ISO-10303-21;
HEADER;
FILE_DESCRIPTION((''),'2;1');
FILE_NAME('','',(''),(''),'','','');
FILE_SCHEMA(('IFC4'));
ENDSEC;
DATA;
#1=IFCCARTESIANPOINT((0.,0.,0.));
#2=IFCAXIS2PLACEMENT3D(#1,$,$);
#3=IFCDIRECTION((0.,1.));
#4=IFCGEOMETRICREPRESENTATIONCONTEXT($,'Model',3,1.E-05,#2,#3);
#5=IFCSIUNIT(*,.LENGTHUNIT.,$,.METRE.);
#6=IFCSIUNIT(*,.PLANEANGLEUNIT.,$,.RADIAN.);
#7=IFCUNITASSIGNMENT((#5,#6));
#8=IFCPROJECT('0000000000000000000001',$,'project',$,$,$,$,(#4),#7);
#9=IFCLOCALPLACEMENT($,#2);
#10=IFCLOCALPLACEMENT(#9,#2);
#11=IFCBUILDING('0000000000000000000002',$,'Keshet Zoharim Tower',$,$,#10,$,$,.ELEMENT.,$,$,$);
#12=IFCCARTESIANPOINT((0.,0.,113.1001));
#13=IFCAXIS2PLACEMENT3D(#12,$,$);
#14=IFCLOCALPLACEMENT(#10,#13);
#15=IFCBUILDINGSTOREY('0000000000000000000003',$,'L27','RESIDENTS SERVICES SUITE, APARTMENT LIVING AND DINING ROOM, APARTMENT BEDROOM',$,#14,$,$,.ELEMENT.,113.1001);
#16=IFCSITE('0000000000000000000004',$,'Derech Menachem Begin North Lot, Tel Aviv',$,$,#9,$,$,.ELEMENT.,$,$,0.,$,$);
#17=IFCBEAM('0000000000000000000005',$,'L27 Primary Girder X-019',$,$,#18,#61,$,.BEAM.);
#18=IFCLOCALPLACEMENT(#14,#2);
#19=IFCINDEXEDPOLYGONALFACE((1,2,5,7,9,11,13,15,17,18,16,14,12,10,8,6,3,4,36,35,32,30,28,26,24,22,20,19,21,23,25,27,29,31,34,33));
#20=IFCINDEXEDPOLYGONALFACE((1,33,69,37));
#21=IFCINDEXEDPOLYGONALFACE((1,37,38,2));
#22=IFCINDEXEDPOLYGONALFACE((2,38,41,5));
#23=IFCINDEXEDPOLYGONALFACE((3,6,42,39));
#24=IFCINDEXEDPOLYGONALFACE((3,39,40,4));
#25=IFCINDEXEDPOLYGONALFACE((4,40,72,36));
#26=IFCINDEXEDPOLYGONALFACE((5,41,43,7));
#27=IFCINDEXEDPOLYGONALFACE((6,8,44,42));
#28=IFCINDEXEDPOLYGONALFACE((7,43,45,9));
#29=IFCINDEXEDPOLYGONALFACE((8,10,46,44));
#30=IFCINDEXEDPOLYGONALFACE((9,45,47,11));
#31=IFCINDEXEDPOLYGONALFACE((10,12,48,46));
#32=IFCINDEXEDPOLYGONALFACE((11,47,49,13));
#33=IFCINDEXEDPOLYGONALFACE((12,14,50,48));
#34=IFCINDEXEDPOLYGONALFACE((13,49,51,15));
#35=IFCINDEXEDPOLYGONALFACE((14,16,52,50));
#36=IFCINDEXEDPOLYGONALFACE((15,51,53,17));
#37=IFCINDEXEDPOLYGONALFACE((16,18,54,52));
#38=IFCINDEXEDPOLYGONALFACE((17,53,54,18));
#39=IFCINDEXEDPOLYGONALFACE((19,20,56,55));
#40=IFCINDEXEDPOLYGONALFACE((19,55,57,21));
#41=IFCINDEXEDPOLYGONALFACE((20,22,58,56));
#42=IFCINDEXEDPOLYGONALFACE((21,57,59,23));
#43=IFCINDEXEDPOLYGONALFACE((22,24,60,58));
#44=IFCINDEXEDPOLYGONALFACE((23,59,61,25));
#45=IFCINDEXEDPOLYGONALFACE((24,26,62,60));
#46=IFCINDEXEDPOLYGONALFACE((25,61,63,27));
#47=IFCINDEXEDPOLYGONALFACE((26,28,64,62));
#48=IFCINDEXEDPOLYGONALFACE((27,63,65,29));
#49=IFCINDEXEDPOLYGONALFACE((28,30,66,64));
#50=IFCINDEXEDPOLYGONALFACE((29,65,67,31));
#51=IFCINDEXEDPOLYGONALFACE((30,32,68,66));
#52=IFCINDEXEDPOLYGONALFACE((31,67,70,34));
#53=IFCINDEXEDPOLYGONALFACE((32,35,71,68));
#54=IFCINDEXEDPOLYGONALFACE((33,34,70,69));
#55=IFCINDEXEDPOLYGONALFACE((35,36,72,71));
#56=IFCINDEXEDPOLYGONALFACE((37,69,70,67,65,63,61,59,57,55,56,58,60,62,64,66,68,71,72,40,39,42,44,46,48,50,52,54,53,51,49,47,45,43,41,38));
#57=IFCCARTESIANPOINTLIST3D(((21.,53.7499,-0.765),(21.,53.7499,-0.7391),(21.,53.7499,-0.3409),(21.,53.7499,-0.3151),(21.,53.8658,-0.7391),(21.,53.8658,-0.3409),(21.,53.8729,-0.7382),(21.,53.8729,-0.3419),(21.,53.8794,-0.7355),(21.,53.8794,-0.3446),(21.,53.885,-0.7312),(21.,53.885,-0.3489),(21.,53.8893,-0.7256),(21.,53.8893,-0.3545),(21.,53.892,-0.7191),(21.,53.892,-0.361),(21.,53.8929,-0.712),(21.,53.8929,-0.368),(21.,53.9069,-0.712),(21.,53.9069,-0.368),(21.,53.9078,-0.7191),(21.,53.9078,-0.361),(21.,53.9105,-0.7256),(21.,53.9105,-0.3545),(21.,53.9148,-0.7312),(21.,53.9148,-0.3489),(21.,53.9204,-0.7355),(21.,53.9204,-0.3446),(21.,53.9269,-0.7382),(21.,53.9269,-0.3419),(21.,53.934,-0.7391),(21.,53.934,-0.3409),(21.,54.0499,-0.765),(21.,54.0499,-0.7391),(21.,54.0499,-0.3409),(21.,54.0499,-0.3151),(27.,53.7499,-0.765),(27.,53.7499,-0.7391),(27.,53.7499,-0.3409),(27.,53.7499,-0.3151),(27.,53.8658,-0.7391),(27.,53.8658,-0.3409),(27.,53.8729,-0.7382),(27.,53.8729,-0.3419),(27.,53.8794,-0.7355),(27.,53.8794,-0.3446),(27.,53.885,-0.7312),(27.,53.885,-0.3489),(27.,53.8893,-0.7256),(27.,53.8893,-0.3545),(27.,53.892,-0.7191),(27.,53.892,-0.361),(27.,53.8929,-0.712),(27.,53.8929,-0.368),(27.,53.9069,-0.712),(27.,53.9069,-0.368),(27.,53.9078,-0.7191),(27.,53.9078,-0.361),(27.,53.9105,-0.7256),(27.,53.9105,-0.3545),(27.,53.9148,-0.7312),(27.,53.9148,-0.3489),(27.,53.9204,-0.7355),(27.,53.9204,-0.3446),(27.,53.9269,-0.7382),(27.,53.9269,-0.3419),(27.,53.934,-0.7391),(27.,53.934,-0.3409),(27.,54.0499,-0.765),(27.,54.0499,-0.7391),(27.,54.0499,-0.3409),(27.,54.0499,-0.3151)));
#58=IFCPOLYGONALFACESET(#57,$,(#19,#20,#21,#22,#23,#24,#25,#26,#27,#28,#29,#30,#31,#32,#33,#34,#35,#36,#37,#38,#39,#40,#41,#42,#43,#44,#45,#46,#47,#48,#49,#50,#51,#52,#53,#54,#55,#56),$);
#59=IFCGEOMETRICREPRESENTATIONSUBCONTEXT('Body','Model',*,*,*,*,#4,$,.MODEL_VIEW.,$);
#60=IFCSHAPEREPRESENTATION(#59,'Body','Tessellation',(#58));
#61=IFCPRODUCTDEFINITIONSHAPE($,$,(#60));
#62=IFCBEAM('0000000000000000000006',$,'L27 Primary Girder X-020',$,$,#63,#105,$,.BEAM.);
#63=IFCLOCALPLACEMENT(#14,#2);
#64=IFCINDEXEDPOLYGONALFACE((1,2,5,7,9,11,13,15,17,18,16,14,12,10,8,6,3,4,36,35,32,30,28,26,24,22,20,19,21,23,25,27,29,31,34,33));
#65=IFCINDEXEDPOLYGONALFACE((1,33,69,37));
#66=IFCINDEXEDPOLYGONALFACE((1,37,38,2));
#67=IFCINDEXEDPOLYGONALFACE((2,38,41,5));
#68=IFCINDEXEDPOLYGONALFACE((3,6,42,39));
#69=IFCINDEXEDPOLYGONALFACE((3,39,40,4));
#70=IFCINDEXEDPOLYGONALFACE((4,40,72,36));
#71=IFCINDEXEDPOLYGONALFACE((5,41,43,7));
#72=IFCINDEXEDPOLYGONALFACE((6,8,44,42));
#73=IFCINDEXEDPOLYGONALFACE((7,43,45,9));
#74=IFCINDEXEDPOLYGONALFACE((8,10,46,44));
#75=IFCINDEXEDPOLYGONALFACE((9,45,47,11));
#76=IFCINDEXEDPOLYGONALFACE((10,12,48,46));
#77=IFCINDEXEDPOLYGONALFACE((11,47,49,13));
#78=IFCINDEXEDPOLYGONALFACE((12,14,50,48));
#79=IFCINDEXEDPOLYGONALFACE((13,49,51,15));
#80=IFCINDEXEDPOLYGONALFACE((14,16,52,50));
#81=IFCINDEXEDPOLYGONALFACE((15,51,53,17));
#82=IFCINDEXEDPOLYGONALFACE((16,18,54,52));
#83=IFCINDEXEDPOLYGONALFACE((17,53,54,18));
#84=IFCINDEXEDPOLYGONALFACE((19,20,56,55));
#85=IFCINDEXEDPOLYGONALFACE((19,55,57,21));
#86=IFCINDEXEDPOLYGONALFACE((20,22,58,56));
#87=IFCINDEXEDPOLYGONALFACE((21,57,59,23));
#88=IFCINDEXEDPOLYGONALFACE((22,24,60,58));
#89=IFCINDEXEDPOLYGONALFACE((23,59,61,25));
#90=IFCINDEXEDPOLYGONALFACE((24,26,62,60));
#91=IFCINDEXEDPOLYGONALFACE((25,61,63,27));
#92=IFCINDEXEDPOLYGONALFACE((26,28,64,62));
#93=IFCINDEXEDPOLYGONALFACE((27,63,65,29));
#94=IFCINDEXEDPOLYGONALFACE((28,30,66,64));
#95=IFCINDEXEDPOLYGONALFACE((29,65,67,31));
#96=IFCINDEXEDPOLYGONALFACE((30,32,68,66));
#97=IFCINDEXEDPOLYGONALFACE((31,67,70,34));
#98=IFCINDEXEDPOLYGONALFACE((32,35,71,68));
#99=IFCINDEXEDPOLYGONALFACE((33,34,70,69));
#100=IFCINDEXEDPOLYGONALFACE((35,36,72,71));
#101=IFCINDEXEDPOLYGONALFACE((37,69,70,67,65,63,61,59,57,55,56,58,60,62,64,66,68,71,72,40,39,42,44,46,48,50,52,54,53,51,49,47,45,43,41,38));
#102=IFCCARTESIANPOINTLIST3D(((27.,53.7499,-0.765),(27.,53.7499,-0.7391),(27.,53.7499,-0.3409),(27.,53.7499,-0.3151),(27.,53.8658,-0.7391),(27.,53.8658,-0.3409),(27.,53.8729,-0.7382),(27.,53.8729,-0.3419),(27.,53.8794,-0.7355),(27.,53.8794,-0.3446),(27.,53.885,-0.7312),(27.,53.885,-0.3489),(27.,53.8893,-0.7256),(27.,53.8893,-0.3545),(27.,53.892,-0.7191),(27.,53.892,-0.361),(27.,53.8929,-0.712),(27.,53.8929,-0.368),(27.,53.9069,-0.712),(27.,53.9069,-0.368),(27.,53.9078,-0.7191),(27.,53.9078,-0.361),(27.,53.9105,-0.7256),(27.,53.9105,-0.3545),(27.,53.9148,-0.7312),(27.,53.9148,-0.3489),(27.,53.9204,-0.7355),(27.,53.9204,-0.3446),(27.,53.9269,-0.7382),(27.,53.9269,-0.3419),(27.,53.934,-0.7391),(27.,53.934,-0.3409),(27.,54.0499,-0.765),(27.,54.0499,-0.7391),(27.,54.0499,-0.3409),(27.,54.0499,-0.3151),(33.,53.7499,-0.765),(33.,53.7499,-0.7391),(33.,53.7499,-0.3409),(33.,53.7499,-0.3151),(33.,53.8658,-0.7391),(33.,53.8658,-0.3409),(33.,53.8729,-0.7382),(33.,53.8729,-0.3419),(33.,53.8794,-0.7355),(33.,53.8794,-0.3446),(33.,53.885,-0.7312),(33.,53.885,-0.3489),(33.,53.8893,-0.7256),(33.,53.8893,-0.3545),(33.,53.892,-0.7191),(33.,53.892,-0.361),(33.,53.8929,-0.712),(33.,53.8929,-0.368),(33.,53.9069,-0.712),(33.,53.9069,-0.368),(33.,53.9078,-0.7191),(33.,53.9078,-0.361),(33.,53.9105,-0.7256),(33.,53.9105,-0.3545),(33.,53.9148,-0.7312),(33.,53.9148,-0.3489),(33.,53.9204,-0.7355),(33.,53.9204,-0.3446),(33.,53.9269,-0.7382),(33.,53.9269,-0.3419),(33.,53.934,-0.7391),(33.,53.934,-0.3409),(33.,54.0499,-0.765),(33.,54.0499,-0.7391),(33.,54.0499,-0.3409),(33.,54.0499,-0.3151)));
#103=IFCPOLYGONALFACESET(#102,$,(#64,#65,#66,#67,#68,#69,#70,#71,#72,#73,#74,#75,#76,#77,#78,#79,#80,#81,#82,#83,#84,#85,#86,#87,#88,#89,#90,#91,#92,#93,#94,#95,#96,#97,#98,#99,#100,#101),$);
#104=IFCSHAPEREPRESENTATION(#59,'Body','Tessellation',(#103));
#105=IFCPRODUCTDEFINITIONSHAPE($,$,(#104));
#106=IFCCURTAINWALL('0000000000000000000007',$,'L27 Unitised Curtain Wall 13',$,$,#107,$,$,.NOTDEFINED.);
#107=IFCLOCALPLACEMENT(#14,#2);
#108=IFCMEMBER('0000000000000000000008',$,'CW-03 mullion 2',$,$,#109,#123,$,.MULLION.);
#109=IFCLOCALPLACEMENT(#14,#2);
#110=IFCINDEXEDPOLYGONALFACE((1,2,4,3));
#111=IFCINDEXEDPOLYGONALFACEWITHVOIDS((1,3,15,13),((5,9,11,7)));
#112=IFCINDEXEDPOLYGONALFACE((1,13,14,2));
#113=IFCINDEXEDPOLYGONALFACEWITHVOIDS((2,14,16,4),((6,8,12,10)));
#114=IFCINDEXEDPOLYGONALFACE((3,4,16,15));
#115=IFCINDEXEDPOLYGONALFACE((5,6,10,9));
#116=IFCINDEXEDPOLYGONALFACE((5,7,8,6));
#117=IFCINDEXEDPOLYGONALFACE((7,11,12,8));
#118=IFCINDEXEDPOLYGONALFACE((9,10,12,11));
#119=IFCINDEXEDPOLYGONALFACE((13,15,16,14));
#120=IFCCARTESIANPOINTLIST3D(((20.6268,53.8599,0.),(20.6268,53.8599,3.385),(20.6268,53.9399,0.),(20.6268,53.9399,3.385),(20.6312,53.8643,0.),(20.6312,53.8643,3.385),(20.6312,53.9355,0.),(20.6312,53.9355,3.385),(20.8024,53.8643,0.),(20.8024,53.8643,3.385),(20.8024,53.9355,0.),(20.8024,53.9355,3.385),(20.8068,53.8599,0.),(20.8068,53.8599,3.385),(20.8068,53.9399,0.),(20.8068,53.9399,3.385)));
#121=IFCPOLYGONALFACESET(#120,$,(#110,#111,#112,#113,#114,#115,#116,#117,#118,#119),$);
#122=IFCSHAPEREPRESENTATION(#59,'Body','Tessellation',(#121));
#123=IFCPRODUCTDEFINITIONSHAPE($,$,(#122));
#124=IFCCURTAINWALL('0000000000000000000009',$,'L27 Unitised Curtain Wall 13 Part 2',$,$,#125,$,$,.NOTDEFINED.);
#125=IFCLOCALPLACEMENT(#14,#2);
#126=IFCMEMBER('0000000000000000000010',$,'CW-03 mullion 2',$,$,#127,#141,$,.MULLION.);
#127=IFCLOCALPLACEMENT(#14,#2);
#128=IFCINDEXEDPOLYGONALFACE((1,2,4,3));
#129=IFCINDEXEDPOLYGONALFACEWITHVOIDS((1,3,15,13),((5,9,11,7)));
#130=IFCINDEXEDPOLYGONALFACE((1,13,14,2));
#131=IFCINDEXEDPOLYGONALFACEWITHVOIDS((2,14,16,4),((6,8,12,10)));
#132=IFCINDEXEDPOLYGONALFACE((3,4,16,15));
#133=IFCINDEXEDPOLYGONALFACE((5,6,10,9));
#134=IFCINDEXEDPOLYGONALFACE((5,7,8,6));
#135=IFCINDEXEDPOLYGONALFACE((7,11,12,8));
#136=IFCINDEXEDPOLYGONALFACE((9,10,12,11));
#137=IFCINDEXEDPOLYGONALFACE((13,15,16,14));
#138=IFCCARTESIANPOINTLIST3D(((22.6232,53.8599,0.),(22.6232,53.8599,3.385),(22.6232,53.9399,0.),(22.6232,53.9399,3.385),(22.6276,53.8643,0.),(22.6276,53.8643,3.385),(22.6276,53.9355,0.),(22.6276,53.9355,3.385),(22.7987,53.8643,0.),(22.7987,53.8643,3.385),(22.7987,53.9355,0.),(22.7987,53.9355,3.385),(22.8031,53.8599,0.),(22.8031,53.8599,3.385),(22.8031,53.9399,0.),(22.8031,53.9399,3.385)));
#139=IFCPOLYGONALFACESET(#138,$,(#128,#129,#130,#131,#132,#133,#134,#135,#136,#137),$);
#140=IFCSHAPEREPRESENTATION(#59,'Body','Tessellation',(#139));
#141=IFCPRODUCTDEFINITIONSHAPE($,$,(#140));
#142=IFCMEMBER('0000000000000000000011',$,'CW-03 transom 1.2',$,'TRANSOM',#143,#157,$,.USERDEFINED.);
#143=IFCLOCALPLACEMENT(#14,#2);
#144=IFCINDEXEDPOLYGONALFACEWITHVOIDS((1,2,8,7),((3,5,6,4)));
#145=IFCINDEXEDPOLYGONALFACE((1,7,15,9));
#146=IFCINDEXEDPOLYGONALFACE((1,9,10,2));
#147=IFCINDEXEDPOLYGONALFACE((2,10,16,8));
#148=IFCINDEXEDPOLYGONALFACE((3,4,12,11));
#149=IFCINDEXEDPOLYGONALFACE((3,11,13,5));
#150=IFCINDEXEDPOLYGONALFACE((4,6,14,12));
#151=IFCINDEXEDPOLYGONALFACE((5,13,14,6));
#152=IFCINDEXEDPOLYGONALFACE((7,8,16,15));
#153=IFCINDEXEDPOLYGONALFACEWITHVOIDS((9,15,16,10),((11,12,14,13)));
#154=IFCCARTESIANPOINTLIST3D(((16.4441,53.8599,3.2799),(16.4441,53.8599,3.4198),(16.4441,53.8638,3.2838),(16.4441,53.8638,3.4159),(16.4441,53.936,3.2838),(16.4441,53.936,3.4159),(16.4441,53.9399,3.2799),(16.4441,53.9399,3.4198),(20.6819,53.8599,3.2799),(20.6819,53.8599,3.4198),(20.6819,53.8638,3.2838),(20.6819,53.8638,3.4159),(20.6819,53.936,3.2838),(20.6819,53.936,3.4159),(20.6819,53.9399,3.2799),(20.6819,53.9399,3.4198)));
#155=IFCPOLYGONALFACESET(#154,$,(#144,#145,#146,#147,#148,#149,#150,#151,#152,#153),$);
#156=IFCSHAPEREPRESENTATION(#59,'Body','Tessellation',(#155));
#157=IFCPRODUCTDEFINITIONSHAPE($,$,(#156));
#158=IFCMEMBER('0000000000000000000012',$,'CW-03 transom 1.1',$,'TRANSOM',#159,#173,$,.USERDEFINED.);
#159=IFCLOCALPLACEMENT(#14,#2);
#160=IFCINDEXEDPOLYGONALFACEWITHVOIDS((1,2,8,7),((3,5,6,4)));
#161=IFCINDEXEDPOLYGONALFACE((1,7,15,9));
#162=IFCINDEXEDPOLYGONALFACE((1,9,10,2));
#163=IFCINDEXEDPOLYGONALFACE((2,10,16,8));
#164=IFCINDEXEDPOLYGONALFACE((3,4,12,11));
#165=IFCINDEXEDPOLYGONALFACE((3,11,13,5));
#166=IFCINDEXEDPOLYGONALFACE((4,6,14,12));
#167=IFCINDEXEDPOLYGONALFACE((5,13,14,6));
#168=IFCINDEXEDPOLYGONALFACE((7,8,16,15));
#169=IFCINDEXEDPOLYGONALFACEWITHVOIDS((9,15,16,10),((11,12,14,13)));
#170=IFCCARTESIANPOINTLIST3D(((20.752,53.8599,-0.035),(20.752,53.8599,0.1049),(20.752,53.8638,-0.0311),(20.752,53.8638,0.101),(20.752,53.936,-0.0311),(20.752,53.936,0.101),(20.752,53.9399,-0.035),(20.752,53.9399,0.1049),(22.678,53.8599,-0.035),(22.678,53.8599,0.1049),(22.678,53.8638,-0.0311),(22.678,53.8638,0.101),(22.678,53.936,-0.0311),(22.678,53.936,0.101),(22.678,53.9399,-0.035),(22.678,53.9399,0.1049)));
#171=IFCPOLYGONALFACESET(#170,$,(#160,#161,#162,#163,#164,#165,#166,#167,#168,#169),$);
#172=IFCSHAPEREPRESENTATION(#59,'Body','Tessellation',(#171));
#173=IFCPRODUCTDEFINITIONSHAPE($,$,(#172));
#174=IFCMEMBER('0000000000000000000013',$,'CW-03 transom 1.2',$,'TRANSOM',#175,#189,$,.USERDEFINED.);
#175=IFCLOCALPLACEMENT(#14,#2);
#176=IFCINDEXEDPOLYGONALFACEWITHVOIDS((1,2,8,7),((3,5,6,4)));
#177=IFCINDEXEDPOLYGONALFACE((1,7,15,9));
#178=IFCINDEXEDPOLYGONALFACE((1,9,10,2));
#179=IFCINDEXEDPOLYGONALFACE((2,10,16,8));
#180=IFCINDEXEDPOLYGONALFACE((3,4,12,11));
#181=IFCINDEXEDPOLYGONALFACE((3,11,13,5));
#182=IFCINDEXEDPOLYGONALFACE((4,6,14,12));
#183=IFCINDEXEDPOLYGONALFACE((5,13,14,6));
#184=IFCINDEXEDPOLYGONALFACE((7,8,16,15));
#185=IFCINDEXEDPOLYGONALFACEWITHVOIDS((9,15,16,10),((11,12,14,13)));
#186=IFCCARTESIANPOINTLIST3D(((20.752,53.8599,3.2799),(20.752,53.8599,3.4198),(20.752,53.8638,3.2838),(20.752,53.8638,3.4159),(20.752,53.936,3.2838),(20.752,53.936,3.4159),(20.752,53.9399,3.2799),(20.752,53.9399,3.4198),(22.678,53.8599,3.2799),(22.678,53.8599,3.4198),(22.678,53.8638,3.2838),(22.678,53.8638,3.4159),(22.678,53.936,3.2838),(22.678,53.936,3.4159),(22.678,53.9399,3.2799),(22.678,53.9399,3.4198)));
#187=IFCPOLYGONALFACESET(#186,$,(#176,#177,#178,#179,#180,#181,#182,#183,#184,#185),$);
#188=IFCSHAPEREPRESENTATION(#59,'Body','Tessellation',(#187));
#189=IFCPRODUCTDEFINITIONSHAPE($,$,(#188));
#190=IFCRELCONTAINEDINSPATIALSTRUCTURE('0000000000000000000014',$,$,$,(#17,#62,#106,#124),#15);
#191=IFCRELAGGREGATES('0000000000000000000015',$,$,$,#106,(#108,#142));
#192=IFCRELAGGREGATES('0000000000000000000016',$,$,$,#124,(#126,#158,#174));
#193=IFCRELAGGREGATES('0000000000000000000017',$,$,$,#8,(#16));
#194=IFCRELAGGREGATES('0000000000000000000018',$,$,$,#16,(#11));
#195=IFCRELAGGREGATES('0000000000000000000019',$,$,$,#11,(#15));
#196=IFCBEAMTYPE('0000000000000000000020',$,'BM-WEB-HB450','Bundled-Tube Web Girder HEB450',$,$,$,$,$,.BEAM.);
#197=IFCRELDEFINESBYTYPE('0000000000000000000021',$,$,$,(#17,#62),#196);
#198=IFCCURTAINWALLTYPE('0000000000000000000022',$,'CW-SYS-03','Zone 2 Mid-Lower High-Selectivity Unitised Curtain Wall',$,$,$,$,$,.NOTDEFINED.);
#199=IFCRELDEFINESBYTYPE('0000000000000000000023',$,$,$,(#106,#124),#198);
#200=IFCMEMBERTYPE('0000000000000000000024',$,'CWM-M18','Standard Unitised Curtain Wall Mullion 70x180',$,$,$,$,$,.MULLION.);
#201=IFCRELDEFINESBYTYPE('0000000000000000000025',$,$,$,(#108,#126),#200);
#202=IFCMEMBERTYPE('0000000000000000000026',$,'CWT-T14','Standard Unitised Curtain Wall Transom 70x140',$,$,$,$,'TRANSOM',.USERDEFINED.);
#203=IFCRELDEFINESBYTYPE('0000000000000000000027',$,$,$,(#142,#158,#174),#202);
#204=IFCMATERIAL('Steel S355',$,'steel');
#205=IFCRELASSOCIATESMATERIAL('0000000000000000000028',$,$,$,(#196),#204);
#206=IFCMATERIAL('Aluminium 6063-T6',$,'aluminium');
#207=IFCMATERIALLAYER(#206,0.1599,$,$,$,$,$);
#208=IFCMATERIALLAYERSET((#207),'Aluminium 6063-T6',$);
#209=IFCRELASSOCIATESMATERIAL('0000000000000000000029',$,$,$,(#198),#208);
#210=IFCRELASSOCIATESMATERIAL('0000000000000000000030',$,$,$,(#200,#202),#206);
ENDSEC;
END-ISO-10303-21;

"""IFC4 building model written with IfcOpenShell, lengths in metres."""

from ifc_helpers import new_model, si_unit, direction, frame, origin, origin_2d, place, context, subcontext, project, spatial, hollow_rectangle, i_section, extrude, material, layer, layer_set, material_profile, profile_set, type_object, element, aggregate, save


model = new_model("IFC4")

# Units and contexts
model_context = context("Model", 3, precision=1e-05, world=origin(), true_north=direction((0.0, 1.0)))
body_context = subcontext(model_context, "Body", "Model", "MODEL_VIEW")
ifc_project = project(units=[si_unit("LENGTHUNIT", "METRE"), si_unit("PLANEANGLEUNIT", "RADIAN")], contexts=[model_context])

# Site, building, storey
site_placement = place(None, origin())
site = spatial("IfcSite", under=ifc_project, at=site_placement, Name="Derech Menachem Begin North Lot, Tel Aviv", CompositionType="ELEMENT", RefElevation=0.0)
building_placement = place(site_placement, origin())
building = spatial("IfcBuilding", under=site, at=building_placement, Name="Keshet Zoharim Tower", CompositionType="ELEMENT")
storey_placement = place(building_placement, frame((0.0, 0.0, 113.1001)))
storey = spatial("IfcBuildingStorey", under=building, at=storey_placement, Name="L27", Description="RESIDENTS SERVICES SUITE, APARTMENT LIVING AND DINING ROOM, APARTMENT BEDROOM", CompositionType="ELEMENT", Elevation=113.1001)

# Shared definitions
ifc_material_1 = material(Name="Steel S355", Category="steel")

# Beams
ifc_material_profile_1 = material_profile(ifc_material_1, i_section(OverallWidth=0.3, OverallDepth=0.45, WebThickness=0.0139, FlangeThickness=0.0259, FilletRadius=0.0271, at=origin_2d()), Name="HEB450")
ifc_profile_set_1 = profile_set([ifc_material_profile_1], Name="Steel S355")
beam_type_1 = type_object("IfcBeamType", Name="BM-WEB-HB450", Description="Bundled-Tube Web Girder HEB450", PredefinedType="BEAM", material=ifc_profile_set_1)
for number, where, z_axis, x_axis, name in (
    (1, (21.0, 53.8999, -0.54), (1.0, 0.0, 0.0), (0.0, 1.0, 0.0), "L27 Primary Girder X-019"),
    (2, (27.0, 53.8999, -0.54), (1.0, 0.0, 0.0), (0.0, 1.0, 0.0), "L27 Primary Girder X-020"),
):
    element("IfcBeam", number, at=place(storey_placement, frame(where, z_axis=z_axis, x_axis=x_axis)), inside=storey, type_object=beam_type_1, Name=name, PredefinedType="BEAM", context=body_context, shape_type="SweptSolid", body=[
        extrude(i_section(OverallWidth=0.3, OverallDepth=0.45, WebThickness=0.0139, FlangeThickness=0.0259, FilletRadius=0.0271, at=origin_2d()), origin(), (0.0, 0.0, 1.0), 6.0),
    ])

# Curtain walls, members
ifc_material_2 = material(Name="Aluminium 6063-T6", Category="aluminium")
ifc_layer_1 = layer(ifc_material_2, 0.1599)
ifc_layer_set_1 = layer_set([ifc_layer_1], Name="Aluminium 6063-T6")
curtain_wall_type = type_object("IfcCurtainWallType", Name="CW-SYS-03", Description="Zone 2 Mid-Lower High-Selectivity Unitised Curtain Wall", PredefinedType="NOTDEFINED", material=ifc_layer_set_1)
curtain_wall_1_placement = place(storey_placement, origin())
curtain_wall_1 = element("IfcCurtainWall", 3, at=curtain_wall_1_placement, inside=storey, type_object=curtain_wall_type, Name="L27 Unitised Curtain Wall 13", PredefinedType="NOTDEFINED")
ifc_material_profile_2 = material_profile(ifc_material_2, hollow_rectangle(XDim=0.0801, YDim=0.1799, WallThickness=0.0044, at=origin_2d()), Name="MUL-80x180")
ifc_profile_set_2 = profile_set([ifc_material_profile_2], Name="Aluminium 6063-T6")
member_type_1 = type_object("IfcMemberType", Name="CWM-M18", Description="Standard Unitised Curtain Wall Mullion 70x180", PredefinedType="MULLION", material=ifc_profile_set_2)
member_1_placement = place(storey_placement, frame((20.7168, 53.8999, 0.0), z_axis=(0.0, 0.0, 1.0), x_axis=(0.0, 1.0, 0.0)))
member_1 = element("IfcMember", 4, at=member_1_placement, type_object=member_type_1, Name="CW-03 mullion 2", PredefinedType="MULLION", context=body_context, shape_type="SweptSolid", body=[
    extrude(hollow_rectangle(XDim=0.0801, YDim=0.1799, WallThickness=0.0044, at=origin_2d()), origin(), (0.0, 0.0, 1.0), 3.385),
])
curtain_wall_2_placement = place(storey_placement, origin())
curtain_wall_2 = element("IfcCurtainWall", 5, at=curtain_wall_2_placement, inside=storey, type_object=curtain_wall_type, Name="L27 Unitised Curtain Wall 13 Part 2", PredefinedType="NOTDEFINED")
member_2_placement = place(storey_placement, frame((22.7131, 53.8999, 0.0), z_axis=(0.0, 0.0, 1.0), x_axis=(0.0, 1.0, 0.0)))
member_2 = element("IfcMember", 6, at=member_2_placement, type_object=member_type_1, Name="CW-03 mullion 2", PredefinedType="MULLION", context=body_context, shape_type="SweptSolid", body=[
    extrude(hollow_rectangle(XDim=0.0801, YDim=0.1799, WallThickness=0.0044, at=origin_2d()), origin(), (0.0, 0.0, 1.0), 3.385),
])

# Members
ifc_material_profile_3 = material_profile(ifc_material_2, hollow_rectangle(XDim=0.0801, YDim=0.1399, WallThickness=0.0039, at=origin_2d()), Name="TRN-80x140")
ifc_profile_set_3 = profile_set([ifc_material_profile_3], Name="Aluminium 6063-T6")
member_type_2 = type_object("IfcMemberType", Name="CWT-T14", Description="Standard Unitised Curtain Wall Transom 70x140", ElementType="TRANSOM", PredefinedType="USERDEFINED", material=ifc_profile_set_3)
member_3_placement = place(storey_placement, frame((16.4441, 53.8999, 3.3499), z_axis=(1.0, 0.0, 0.0), x_axis=(0.0, 1.0, 0.0)))
member_3 = element("IfcMember", 7, at=member_3_placement, type_object=member_type_2, Name="CW-03 transom 1.2", ObjectType="TRANSOM", PredefinedType="USERDEFINED", context=body_context, shape_type="SweptSolid", body=[
    extrude(hollow_rectangle(XDim=0.0801, YDim=0.1399, WallThickness=0.0039, at=origin_2d()), origin(), (0.0, 0.0, 1.0), 4.2378),
])
member_4_placement = place(storey_placement, frame((20.752, 53.8999, 0.0349), z_axis=(1.0, 0.0, 0.0), x_axis=(0.0, 1.0, 0.0)))
member_4 = element("IfcMember", 8, at=member_4_placement, type_object=member_type_2, Name="CW-03 transom 1.1", ObjectType="TRANSOM", PredefinedType="USERDEFINED", context=body_context, shape_type="SweptSolid", body=[
    extrude(hollow_rectangle(XDim=0.0801, YDim=0.1399, WallThickness=0.0039, at=origin_2d()), origin(), (0.0, 0.0, 1.0), 1.926),
])
member_5_placement = place(storey_placement, frame((20.752, 53.8999, 3.3499), z_axis=(1.0, 0.0, 0.0), x_axis=(0.0, 1.0, 0.0)))
member_5 = element("IfcMember", 9, at=member_5_placement, type_object=member_type_2, Name="CW-03 transom 1.2", ObjectType="TRANSOM", PredefinedType="USERDEFINED", context=body_context, shape_type="SweptSolid", body=[
    extrude(hollow_rectangle(XDim=0.0801, YDim=0.1399, WallThickness=0.0039, at=origin_2d()), origin(), (0.0, 0.0, 1.0), 1.926),
])

aggregate(curtain_wall_1, [member_1, member_3])
aggregate(curtain_wall_2, [member_2, member_4, member_5])

save(model, "model.ifc")
